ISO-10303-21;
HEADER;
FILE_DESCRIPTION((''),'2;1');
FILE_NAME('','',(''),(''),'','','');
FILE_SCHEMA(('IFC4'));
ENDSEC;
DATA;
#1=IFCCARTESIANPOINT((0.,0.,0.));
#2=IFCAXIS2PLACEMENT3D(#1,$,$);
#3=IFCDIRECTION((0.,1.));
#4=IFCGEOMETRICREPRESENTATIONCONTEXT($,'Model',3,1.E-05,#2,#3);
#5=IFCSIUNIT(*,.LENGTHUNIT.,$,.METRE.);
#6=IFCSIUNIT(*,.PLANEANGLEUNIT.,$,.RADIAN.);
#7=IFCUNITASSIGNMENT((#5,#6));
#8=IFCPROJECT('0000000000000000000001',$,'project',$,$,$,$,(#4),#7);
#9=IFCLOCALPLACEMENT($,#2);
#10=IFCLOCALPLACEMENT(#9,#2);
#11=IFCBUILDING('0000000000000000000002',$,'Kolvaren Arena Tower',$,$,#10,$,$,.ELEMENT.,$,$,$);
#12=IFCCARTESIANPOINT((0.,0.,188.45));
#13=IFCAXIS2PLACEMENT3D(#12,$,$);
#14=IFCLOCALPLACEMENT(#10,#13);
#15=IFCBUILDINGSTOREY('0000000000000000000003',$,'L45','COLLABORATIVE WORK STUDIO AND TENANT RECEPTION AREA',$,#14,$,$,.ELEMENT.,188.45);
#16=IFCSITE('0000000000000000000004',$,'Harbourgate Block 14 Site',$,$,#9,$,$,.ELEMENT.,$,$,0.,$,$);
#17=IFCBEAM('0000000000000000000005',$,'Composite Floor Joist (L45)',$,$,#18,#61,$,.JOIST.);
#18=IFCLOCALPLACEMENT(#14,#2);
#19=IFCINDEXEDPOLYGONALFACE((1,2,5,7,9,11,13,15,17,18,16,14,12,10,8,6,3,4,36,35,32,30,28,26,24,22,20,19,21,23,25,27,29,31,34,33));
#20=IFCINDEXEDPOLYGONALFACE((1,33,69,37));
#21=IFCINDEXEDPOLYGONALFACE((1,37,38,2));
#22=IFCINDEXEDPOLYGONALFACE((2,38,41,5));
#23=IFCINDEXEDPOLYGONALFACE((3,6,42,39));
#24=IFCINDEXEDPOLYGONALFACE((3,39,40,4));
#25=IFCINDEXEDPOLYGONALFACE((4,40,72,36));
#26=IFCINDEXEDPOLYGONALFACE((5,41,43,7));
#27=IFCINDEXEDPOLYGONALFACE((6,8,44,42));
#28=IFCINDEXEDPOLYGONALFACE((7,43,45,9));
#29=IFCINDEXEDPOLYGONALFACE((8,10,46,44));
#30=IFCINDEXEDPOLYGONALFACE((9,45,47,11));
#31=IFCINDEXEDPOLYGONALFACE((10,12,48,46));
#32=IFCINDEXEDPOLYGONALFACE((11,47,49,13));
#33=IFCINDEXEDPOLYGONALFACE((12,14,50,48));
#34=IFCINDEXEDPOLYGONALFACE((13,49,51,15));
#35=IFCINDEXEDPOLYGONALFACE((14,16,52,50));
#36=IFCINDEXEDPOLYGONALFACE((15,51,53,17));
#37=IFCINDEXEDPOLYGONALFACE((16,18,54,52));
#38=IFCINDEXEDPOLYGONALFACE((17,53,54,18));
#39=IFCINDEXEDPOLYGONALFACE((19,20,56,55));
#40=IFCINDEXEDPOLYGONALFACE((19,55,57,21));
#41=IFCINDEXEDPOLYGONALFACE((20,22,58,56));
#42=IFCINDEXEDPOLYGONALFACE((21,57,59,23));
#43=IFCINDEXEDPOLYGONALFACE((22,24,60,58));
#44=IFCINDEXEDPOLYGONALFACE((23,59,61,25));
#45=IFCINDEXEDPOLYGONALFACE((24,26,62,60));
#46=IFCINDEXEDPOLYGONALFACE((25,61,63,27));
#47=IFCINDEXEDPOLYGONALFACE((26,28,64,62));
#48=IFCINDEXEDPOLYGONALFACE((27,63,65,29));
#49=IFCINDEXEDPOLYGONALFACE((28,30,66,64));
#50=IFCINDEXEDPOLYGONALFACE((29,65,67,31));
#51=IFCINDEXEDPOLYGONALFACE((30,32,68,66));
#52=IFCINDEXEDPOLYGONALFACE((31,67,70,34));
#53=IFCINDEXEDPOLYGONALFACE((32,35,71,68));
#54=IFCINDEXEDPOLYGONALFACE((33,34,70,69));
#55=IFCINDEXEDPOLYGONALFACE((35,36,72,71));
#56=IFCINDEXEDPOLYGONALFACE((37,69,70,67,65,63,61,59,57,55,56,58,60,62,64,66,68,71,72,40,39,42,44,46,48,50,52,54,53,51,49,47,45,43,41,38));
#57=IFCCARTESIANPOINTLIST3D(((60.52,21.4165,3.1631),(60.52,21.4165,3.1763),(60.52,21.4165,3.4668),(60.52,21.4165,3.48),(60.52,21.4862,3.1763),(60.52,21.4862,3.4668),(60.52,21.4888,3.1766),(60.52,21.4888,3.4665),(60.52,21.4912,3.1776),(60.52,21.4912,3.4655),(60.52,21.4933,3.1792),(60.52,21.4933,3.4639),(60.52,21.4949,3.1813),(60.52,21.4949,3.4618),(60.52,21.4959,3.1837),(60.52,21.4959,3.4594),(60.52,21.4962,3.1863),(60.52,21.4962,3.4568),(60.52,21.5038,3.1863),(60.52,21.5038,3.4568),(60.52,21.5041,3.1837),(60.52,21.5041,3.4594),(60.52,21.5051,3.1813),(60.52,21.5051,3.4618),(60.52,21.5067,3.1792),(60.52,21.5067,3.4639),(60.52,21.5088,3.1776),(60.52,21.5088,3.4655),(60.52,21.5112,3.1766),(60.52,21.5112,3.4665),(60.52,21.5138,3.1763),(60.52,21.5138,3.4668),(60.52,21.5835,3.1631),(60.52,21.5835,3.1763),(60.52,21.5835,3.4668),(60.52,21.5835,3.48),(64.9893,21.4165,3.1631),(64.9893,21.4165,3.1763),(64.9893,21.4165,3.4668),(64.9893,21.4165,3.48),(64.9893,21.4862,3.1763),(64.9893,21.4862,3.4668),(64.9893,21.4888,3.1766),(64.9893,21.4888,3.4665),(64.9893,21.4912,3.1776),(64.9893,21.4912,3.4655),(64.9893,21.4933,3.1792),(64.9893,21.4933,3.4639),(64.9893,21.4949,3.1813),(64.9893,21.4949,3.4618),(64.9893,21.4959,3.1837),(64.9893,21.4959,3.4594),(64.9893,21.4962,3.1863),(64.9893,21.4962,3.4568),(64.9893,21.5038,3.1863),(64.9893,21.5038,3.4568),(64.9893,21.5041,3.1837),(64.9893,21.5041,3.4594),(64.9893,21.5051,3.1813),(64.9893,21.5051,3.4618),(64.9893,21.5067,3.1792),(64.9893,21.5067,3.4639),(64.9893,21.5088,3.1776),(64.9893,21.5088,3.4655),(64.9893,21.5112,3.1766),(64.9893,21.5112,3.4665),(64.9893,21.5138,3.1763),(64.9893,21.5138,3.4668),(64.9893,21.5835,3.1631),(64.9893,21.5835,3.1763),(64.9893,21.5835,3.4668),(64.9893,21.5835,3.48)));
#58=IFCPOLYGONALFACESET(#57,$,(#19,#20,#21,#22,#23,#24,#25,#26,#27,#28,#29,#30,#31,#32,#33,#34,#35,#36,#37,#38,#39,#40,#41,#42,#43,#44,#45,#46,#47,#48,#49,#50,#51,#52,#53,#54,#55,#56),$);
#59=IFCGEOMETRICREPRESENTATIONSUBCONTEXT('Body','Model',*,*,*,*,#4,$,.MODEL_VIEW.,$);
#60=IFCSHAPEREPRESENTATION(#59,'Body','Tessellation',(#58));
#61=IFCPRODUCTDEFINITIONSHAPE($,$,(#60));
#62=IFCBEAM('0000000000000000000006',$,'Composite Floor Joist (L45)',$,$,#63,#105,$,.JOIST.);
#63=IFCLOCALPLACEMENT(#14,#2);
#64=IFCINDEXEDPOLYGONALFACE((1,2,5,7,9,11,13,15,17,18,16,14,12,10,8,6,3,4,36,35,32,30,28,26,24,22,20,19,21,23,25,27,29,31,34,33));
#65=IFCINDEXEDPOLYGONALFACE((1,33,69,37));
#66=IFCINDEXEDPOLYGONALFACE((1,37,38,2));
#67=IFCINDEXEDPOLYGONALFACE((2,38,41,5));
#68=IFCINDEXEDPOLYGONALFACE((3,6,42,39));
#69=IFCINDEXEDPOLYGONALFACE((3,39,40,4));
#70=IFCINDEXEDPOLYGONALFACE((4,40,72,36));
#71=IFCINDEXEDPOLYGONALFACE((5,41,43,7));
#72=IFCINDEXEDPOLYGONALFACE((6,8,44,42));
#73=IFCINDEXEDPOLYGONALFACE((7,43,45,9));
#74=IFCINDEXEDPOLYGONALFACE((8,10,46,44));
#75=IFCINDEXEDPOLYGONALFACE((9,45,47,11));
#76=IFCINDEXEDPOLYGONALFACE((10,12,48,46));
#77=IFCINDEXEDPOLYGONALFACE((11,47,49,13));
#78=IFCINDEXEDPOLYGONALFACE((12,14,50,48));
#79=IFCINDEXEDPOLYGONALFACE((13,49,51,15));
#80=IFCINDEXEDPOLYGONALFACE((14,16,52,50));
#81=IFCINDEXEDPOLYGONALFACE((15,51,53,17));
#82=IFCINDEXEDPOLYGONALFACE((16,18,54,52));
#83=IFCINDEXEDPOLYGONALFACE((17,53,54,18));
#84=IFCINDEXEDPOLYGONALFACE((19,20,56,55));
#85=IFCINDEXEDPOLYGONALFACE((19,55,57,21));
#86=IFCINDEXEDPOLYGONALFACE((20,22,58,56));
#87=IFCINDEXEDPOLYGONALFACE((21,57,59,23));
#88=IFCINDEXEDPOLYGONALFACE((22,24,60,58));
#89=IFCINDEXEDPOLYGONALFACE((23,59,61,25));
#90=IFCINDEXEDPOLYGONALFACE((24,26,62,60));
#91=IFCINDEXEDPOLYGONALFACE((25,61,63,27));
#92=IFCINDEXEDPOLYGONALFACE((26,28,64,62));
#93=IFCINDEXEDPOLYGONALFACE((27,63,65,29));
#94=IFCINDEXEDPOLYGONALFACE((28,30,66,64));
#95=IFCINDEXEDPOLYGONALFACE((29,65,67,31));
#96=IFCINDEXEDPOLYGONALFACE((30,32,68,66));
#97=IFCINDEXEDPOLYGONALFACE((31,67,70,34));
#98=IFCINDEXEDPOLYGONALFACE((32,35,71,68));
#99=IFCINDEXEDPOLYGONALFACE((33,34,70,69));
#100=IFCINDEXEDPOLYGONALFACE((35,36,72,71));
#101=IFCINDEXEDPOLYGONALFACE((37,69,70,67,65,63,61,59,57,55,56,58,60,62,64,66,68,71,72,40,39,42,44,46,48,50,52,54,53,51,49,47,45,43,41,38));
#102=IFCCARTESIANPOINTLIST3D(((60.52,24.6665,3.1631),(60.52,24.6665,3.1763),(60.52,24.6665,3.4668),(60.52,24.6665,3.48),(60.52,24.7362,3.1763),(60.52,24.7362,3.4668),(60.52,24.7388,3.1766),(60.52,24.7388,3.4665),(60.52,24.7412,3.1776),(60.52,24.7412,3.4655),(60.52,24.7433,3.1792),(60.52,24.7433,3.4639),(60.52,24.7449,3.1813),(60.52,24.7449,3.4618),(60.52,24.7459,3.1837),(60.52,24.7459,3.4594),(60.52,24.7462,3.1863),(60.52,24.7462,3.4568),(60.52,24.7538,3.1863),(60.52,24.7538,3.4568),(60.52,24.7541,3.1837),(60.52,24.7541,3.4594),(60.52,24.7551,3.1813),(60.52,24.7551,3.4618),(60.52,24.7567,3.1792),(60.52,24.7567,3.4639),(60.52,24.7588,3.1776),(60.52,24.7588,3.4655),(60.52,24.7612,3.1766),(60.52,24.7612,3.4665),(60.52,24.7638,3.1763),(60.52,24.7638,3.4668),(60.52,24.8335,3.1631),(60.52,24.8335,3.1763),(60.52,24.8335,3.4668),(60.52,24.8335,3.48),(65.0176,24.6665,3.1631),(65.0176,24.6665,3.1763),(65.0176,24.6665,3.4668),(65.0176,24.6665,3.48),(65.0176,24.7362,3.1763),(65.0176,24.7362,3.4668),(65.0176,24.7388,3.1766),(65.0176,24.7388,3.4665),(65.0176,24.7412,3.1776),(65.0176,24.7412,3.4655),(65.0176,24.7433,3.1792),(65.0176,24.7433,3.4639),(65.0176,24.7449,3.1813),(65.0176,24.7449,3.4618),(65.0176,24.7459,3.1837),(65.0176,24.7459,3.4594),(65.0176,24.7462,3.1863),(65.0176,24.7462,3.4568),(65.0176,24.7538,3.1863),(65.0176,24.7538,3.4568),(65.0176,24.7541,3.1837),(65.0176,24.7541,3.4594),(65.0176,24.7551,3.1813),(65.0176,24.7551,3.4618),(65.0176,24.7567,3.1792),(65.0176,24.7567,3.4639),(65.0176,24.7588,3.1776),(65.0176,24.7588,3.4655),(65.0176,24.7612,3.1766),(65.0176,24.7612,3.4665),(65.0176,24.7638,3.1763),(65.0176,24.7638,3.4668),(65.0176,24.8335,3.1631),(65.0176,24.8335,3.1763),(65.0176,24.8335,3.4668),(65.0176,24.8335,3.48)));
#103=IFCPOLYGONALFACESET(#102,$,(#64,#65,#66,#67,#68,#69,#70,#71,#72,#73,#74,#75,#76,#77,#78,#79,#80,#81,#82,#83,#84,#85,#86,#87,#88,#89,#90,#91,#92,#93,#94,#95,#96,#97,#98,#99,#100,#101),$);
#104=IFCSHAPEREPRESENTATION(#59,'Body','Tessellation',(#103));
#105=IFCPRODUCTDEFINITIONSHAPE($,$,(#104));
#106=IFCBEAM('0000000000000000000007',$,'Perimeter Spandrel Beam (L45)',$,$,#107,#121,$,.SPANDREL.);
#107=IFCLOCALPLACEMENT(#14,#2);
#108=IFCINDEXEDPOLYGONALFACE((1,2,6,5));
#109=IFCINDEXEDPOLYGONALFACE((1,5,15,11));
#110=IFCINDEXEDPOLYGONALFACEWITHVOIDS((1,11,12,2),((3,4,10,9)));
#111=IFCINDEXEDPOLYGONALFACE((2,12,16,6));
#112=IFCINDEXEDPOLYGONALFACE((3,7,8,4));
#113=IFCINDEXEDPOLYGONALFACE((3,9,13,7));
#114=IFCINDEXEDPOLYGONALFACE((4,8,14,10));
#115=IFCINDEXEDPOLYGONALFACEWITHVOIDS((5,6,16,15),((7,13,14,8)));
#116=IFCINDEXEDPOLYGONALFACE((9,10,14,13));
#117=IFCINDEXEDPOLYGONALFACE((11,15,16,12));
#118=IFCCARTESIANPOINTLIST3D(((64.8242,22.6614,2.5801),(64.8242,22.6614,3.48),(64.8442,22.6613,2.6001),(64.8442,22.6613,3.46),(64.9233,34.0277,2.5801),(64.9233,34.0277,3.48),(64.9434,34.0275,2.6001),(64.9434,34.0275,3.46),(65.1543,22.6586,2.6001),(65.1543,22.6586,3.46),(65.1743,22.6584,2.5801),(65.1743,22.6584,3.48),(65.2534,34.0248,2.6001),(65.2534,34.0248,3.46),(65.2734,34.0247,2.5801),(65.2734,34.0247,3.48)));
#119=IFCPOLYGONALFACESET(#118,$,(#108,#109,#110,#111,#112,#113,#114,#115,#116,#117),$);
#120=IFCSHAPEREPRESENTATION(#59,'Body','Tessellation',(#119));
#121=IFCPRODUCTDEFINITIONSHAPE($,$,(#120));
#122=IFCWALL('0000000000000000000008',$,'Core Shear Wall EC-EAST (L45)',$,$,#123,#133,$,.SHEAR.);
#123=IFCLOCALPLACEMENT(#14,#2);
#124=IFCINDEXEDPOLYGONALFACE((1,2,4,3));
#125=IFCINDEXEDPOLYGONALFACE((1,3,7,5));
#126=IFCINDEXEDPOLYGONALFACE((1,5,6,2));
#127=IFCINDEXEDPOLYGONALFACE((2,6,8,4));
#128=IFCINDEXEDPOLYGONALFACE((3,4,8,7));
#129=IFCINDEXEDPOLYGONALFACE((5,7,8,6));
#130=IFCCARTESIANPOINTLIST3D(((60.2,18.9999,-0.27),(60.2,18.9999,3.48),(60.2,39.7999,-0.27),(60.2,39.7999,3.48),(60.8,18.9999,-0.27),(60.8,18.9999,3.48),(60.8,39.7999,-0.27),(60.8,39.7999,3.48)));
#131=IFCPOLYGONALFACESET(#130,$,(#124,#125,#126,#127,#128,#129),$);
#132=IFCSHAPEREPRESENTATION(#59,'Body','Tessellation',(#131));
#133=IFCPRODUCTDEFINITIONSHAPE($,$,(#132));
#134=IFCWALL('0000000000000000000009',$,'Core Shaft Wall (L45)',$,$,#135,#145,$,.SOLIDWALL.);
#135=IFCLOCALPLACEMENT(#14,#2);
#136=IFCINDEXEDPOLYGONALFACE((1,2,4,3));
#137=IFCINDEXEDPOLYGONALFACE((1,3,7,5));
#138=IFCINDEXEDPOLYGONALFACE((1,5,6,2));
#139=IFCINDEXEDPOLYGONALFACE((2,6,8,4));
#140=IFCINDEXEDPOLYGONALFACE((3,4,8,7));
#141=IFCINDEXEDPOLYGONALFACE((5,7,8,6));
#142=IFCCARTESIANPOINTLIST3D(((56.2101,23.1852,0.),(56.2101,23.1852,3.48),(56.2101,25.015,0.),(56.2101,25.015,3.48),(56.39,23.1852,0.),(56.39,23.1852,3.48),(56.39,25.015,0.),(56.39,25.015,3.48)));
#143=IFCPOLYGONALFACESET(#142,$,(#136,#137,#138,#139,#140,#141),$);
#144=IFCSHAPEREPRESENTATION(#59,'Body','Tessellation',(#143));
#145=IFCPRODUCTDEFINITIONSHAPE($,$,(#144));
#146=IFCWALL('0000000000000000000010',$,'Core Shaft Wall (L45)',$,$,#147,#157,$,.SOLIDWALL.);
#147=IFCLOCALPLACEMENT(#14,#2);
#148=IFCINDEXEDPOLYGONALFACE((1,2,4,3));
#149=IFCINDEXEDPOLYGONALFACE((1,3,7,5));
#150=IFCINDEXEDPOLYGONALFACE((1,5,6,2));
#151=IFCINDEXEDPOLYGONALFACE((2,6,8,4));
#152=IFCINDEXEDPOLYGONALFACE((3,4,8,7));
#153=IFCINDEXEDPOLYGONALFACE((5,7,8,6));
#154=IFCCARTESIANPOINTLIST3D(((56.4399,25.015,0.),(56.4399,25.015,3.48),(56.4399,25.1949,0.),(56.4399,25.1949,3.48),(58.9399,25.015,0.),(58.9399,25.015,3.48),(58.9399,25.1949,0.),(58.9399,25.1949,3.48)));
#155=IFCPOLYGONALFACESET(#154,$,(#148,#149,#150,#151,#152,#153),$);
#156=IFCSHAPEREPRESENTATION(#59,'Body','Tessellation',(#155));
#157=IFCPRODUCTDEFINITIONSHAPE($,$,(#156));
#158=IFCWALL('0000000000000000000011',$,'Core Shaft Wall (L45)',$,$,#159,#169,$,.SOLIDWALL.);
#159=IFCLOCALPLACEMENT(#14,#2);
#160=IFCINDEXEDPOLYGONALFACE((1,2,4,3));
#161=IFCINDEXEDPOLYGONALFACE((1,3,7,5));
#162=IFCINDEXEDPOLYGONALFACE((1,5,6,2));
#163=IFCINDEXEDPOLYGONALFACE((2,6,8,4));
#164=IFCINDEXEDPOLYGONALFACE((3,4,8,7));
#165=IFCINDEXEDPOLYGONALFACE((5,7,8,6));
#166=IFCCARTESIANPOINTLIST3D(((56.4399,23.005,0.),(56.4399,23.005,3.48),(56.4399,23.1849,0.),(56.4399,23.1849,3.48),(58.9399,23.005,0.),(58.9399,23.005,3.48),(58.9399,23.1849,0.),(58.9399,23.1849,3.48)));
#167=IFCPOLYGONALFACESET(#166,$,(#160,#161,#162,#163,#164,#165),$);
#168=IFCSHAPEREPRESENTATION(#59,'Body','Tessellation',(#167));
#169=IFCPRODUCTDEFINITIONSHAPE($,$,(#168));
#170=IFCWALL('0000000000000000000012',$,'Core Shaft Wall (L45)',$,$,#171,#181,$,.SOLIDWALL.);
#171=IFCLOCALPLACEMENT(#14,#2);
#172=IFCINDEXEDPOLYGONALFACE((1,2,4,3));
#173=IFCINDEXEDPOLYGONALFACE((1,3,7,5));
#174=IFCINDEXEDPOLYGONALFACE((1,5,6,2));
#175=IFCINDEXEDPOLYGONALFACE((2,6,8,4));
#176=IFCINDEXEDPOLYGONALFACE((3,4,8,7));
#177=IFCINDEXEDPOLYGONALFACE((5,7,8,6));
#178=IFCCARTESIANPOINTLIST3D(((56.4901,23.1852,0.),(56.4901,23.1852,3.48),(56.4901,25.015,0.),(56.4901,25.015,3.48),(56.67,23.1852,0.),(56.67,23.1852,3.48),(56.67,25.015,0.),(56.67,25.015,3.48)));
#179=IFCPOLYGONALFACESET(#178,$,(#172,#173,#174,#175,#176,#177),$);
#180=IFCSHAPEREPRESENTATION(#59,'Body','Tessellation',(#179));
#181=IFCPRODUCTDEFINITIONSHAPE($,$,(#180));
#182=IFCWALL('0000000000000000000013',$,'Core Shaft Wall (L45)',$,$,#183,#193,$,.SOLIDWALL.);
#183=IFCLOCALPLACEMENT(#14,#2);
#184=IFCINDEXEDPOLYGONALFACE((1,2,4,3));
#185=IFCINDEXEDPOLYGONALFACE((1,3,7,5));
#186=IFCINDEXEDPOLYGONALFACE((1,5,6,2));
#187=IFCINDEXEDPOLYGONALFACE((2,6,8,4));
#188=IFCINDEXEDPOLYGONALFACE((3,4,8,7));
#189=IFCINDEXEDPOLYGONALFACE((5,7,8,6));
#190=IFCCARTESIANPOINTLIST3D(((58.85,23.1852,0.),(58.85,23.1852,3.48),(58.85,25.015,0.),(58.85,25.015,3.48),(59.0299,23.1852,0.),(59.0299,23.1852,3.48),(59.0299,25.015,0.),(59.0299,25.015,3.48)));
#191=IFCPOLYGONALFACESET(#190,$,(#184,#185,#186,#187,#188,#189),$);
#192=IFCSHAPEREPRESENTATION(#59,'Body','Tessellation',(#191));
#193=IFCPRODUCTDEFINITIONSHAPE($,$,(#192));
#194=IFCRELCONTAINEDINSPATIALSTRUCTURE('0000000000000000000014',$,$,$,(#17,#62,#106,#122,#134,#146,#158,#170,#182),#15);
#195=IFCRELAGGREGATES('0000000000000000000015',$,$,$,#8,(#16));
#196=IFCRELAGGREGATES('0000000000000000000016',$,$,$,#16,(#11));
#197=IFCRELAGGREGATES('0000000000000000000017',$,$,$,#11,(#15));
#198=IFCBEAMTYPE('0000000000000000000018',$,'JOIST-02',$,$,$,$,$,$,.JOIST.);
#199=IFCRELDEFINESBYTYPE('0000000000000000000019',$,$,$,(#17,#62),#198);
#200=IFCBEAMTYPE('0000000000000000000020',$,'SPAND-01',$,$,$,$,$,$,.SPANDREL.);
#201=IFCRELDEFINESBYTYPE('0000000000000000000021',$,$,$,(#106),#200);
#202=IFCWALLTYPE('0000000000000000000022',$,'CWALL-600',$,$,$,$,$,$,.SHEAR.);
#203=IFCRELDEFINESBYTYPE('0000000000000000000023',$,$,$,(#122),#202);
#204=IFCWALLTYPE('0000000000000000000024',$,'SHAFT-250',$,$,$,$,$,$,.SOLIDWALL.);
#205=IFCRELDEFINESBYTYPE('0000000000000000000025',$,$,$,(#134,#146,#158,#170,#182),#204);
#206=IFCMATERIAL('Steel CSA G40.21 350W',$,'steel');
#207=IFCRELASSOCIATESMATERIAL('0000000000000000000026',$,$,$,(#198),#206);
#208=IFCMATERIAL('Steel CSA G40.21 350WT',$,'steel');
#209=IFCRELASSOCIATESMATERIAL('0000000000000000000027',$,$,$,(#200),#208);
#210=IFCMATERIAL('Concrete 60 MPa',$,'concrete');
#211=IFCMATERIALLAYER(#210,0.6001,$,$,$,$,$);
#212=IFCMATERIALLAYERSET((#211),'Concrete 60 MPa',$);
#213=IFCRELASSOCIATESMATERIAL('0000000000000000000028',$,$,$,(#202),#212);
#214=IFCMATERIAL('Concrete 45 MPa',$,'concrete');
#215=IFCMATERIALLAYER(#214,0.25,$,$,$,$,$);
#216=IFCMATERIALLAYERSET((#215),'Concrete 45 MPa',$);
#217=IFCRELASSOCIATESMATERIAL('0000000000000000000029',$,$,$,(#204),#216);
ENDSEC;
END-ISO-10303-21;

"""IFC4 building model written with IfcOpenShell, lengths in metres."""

from ifc_helpers import new_model, si_unit, direction, frame, frame_2d, origin, origin_2d, place, context, subcontext, project, spatial, rectangle, hollow_rectangle, i_section, extrude, material, layer, layer_set, material_profile, profile_set, type_object, element, save


model = new_model("IFC4")

# Units and contexts
model_context = context("Model", 3, precision=1e-05, world=origin(), true_north=direction((0.0, 1.0)))
body_context = subcontext(model_context, "Body", "Model", "MODEL_VIEW")
ifc_project = project(units=[si_unit("LENGTHUNIT", "METRE"), si_unit("PLANEANGLEUNIT", "RADIAN")], contexts=[model_context])

# Site, building, storey
site_placement = place(None, origin())
site = spatial("IfcSite", under=ifc_project, at=site_placement, Name="Harbourgate Block 14 Site", CompositionType="ELEMENT", RefElevation=0.0)
building_placement = place(site_placement, origin())
building = spatial("IfcBuilding", under=site, at=building_placement, Name="Kolvaren Arena Tower", CompositionType="ELEMENT")
storey_placement = place(building_placement, frame((0.0, 0.0, 188.45)))
storey = spatial("IfcBuildingStorey", under=building, at=storey_placement, Name="L45", Description="COLLABORATIVE WORK STUDIO AND TENANT RECEPTION AREA", CompositionType="ELEMENT", Elevation=188.45)

# Beams
ifc_material_1 = material(Name="Steel CSA G40.21 350W", Category="steel")
ifc_material_profile_1 = material_profile(ifc_material_1, i_section(OverallWidth=0.167, OverallDepth=0.3169, WebThickness=0.0076, FlangeThickness=0.0132, FilletRadius=0.01, at=origin_2d()), Name="W310x52")
ifc_profile_set_1 = profile_set([ifc_material_profile_1], Name="Steel CSA G40.21 350W")
beam_type_1 = type_object("IfcBeamType", Name="JOIST-02", PredefinedType="JOIST", material=ifc_profile_set_1)
beam_1_placement = place(storey_placement, frame((60.52, 21.5, 3.3215), z_axis=(1.0, 0.0, 0.0), x_axis=(0.0, 1.0, 0.0)))
element("IfcBeam", 1, at=beam_1_placement, inside=storey, type_object=beam_type_1, Name="Composite Floor Joist (L45)", PredefinedType="JOIST", context=body_context, shape_type="SweptSolid", body=[
    extrude(i_section(OverallWidth=0.167, OverallDepth=0.3169, WebThickness=0.0076, FlangeThickness=0.0132, FilletRadius=0.01, at=origin_2d()), origin(), (0.0, 0.0, 1.0), 4.4692),
])
beam_2_placement = place(storey_placement, frame((60.52, 24.75, 3.3215), z_axis=(1.0, 0.0, 0.0), x_axis=(0.0, 1.0, 0.0)))
element("IfcBeam", 2, at=beam_2_placement, inside=storey, type_object=beam_type_1, Name="Composite Floor Joist (L45)", PredefinedType="JOIST", context=body_context, shape_type="SweptSolid", body=[
    extrude(i_section(OverallWidth=0.167, OverallDepth=0.3169, WebThickness=0.0076, FlangeThickness=0.0132, FilletRadius=0.01, at=origin_2d()), origin(), (0.0, 0.0, 1.0), 4.4976),
])
ifc_material_2 = material(Name="Steel CSA G40.21 350WT", Category="steel")
ifc_material_profile_2 = material_profile(ifc_material_2, hollow_rectangle(XDim=0.3501, YDim=0.8999, WallThickness=0.02, at=origin_2d()), Name="HSS 900x350x20")
ifc_profile_set_2 = profile_set([ifc_material_profile_2], Name="Steel CSA G40.21 350WT")
beam_type_2 = type_object("IfcBeamType", Name="SPAND-01", PredefinedType="SPANDREL", material=ifc_profile_set_2)
beam_3_placement = place(storey_placement, frame((64.9993, 22.6599, 3.03), z_axis=(0.00872, 0.999962, 0.0), x_axis=(-0.999962, 0.00872, 0.0)))
element("IfcBeam", 3, at=beam_3_placement, inside=storey, type_object=beam_type_2, Name="Perimeter Spandrel Beam (L45)", PredefinedType="SPANDREL", context=body_context, shape_type="SweptSolid", body=[
    extrude(hollow_rectangle(XDim=0.3501, YDim=0.8999, WallThickness=0.02, at=origin_2d()), origin(), (0.0, 0.0, 1.0), 11.3667),
])

# Walls
ifc_material_3 = material(Name="Concrete 60 MPa", Category="concrete")
ifc_layer_1 = layer(ifc_material_3, 0.6001)
ifc_layer_set_1 = layer_set([ifc_layer_1], Name="Concrete 60 MPa")
wall_type_1 = type_object("IfcWallType", Name="CWALL-600", PredefinedType="SHEAR", material=ifc_layer_set_1)
wall_1_placement = place(storey_placement, frame((60.5, 19.0, -0.27), z_axis=(0.0, 0.0, 1.0), x_axis=(0.0, 1.0, 0.0)))
element("IfcWall", 4, at=wall_1_placement, inside=storey, type_object=wall_type_1, Name="Core Shear Wall EC-EAST (L45)", PredefinedType="SHEAR", context=body_context, shape_type="SweptSolid", body=[
    extrude(rectangle(XDim=20.8, YDim=0.6001, at=frame_2d((10.3999, 0.0))), origin(), (0.0, 0.0, 1.0), 3.75),
])
ifc_material_4 = material(Name="Concrete 45 MPa", Category="concrete")
ifc_layer_2 = layer(ifc_material_4, 0.25)
ifc_layer_set_2 = layer_set([ifc_layer_2], Name="Concrete 45 MPa")
wall_type_2 = type_object("IfcWallType", Name="SHAFT-250", PredefinedType="SOLIDWALL", material=ifc_layer_set_2)
wall_2_placement = place(storey_placement, frame((56.3, 23.1851, 0.0), z_axis=(0.0, 0.0, 1.0), x_axis=(0.0, 1.0, 0.0)))
element("IfcWall", 5, at=wall_2_placement, inside=storey, type_object=wall_type_2, Name="Core Shaft Wall (L45)", PredefinedType="SOLIDWALL", context=body_context, shape_type="SweptSolid", body=[
    extrude(rectangle(XDim=1.8298, YDim=0.1799, at=frame_2d((0.915, 0.0))), origin(), (0.0, 0.0, 1.0), 3.48),
])
for number, where, z_axis, x_axis, name in (
    (6, (56.4399, 25.105, 0.0), (0.0, 0.0, 1.0), (1.0, 0.0, 0.0), "Core Shaft Wall (L45)"),
    (7, (56.4399, 23.095, 0.0), (0.0, 0.0, 1.0), (1.0, 0.0, 0.0), "Core Shaft Wall (L45)"),
):
    element("IfcWall", number, at=place(storey_placement, frame(where, z_axis=z_axis, x_axis=x_axis)), inside=storey, type_object=wall_type_2, Name=name, PredefinedType="SOLIDWALL", context=body_context, shape_type="SweptSolid", body=[
        extrude(rectangle(XDim=2.5, YDim=0.1799, at=frame_2d((1.25, 0.0))), origin(), (0.0, 0.0, 1.0), 3.48),
    ])
for number, where, z_axis, x_axis, name in (
    (8, (56.5801, 23.1851, 0.0), (0.0, 0.0, 1.0), (0.0, 1.0, 0.0), "Core Shaft Wall (L45)"),
    (9, (58.9399, 23.1851, 0.0), (0.0, 0.0, 1.0), (0.0, 1.0, 0.0), "Core Shaft Wall (L45)"),
):
    element("IfcWall", number, at=place(storey_placement, frame(where, z_axis=z_axis, x_axis=x_axis)), inside=storey, type_object=wall_type_2, Name=name, PredefinedType="SOLIDWALL", context=body_context, shape_type="SweptSolid", body=[
        extrude(rectangle(XDim=1.8298, YDim=0.1799, at=frame_2d((0.915, 0.0))), origin(), (0.0, 0.0, 1.0), 3.48),
    ])

save(model, "model.ifc")
